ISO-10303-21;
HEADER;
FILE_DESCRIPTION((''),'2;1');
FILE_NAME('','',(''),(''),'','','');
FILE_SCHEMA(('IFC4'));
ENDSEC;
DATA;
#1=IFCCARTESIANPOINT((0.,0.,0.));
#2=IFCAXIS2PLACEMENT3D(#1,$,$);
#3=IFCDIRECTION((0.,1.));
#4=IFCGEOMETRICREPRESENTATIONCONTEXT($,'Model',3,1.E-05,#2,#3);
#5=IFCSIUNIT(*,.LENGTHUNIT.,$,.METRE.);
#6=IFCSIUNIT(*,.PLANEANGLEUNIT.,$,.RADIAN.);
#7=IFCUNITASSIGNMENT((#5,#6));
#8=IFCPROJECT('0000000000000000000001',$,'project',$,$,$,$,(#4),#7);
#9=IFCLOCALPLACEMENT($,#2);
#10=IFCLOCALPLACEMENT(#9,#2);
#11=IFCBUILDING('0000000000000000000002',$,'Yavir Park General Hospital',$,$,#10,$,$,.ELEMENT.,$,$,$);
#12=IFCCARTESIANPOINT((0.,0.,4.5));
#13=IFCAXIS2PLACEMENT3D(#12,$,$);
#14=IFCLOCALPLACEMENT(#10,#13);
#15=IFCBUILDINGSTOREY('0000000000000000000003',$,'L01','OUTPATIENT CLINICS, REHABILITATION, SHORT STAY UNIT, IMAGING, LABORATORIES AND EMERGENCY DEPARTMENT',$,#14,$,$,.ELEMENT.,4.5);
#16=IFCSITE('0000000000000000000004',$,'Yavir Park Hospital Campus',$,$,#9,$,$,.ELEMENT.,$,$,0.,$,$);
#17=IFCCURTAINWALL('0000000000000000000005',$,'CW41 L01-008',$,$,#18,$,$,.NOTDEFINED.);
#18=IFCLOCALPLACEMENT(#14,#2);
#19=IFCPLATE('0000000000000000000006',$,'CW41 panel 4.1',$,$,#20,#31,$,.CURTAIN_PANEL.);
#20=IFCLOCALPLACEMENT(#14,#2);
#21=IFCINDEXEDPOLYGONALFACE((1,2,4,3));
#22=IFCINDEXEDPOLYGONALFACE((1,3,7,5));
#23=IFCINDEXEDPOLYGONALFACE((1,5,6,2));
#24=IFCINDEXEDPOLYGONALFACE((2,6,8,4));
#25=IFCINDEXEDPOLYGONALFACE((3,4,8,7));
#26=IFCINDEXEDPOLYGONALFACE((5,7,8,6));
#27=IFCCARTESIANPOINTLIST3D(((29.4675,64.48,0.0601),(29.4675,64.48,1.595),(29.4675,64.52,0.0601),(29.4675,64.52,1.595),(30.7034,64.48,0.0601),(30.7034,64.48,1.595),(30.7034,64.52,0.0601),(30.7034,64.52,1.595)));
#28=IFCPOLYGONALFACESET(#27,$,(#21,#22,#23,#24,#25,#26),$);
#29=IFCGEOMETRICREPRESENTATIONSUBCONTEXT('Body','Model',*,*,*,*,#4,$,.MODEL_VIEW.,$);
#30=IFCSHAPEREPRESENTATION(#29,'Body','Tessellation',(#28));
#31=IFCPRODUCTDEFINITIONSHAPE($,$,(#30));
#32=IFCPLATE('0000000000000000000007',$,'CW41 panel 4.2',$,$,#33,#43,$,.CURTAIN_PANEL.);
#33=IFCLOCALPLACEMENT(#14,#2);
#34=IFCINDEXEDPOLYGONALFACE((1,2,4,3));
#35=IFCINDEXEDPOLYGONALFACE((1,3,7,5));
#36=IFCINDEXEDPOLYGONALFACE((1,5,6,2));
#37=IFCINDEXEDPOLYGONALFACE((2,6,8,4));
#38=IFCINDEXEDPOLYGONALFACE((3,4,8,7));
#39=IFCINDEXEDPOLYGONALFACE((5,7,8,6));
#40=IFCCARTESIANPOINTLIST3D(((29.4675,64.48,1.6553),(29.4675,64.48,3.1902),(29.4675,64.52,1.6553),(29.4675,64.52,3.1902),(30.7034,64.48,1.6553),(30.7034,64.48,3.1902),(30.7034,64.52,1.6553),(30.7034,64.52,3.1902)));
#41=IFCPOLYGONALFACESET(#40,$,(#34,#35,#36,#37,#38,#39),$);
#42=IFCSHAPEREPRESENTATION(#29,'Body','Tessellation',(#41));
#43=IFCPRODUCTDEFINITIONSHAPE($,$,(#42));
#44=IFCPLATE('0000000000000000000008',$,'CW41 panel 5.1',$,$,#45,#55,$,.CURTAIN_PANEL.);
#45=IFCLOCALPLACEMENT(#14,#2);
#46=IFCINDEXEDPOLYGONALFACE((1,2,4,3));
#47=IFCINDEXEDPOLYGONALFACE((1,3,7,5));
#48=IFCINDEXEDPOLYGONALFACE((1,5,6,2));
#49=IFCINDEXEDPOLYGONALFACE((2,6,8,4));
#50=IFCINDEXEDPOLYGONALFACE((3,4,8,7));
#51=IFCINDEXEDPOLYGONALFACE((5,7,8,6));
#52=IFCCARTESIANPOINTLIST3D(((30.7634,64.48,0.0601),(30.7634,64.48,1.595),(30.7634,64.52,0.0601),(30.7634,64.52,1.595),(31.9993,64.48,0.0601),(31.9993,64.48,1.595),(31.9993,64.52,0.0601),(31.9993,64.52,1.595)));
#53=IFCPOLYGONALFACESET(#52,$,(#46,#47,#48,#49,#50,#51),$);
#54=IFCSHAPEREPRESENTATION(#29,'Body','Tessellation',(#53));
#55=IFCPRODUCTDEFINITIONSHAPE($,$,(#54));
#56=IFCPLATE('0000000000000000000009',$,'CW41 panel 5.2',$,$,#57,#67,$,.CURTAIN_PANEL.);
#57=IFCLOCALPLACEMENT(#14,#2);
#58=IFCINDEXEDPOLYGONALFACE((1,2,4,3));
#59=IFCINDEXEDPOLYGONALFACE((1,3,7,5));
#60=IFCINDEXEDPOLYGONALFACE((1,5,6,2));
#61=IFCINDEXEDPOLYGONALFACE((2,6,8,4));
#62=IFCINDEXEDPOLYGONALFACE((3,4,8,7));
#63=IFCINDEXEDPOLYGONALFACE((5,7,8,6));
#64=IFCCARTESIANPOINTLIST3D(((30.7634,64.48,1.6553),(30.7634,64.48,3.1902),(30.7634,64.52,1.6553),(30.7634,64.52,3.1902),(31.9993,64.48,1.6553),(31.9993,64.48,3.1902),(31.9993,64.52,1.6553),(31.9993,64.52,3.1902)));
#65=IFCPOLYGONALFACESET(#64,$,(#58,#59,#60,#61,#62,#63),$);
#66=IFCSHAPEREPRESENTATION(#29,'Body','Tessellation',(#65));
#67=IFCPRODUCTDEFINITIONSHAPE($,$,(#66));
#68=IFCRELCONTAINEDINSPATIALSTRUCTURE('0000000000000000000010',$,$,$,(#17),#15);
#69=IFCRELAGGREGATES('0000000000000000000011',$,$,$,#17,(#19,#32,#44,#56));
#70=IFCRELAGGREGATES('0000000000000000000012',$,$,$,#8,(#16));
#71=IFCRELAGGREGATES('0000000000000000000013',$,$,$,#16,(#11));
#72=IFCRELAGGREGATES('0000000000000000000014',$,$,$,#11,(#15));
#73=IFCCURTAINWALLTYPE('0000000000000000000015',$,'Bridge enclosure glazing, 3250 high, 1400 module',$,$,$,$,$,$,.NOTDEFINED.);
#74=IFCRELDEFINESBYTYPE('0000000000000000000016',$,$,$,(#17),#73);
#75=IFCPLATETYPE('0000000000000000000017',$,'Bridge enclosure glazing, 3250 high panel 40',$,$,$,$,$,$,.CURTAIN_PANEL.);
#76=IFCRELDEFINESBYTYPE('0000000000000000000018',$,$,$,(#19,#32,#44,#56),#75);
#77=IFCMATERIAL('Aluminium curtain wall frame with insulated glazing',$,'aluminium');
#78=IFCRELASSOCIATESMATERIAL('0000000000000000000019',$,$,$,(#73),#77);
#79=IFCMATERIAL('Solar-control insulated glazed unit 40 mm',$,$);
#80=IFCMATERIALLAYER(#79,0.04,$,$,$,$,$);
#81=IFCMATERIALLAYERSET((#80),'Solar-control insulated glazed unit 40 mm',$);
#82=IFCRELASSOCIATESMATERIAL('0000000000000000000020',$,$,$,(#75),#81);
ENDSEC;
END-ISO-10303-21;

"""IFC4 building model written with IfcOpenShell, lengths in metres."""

from ifc_helpers import new_model, si_unit, direction, frame, origin, origin_2d, place, context, subcontext, project, spatial, rectangle, extrude, material, layer, layer_set, type_object, element, aggregate, save


model = new_model("IFC4")

# Units and contexts
model_context = context("Model", 3, precision=1e-05, world=origin(), true_north=direction((0.0, 1.0)))
body_context = subcontext(model_context, "Body", "Model", "MODEL_VIEW")
ifc_project = project(units=[si_unit("LENGTHUNIT", "METRE"), si_unit("PLANEANGLEUNIT", "RADIAN")], contexts=[model_context])

# Site, building, storey
site_placement = place(None, origin())
site = spatial("IfcSite", under=ifc_project, at=site_placement, Name="Yavir Park Hospital Campus", CompositionType="ELEMENT", RefElevation=0.0)
building_placement = place(site_placement, origin())
building = spatial("IfcBuilding", under=site, at=building_placement, Name="Yavir Park General Hospital", CompositionType="ELEMENT")
storey_placement = place(building_placement, frame((0.0, 0.0, 4.5)))
storey = spatial("IfcBuildingStorey", under=building, at=storey_placement, Name="L01", Description="OUTPATIENT CLINICS, REHABILITATION, SHORT STAY UNIT, IMAGING, LABORATORIES AND EMERGENCY DEPARTMENT", CompositionType="ELEMENT", Elevation=4.5)

# Curtain wall
ifc_material_1 = material(Name="Aluminium curtain wall frame with insulated glazing", Category="aluminium")
curtain_wall_type = type_object("IfcCurtainWallType", Name="Bridge enclosure glazing, 3250 high, 1400 module", PredefinedType="NOTDEFINED", material=ifc_material_1)
curtain_wall_1_placement = place(storey_placement, origin())
curtain_wall_1 = element("IfcCurtainWall", 1, at=curtain_wall_1_placement, inside=storey, type_object=curtain_wall_type, Name="CW41 L01-008", PredefinedType="NOTDEFINED")

# Plates
ifc_material_2 = material(Name="Solar-control insulated glazed unit 40 mm")
ifc_layer = layer(ifc_material_2, 0.04)
ifc_layer_set = layer_set([ifc_layer], Name="Solar-control insulated glazed unit 40 mm")
plate_type = type_object("IfcPlateType", Name="Bridge enclosure glazing, 3250 high panel 40", PredefinedType="CURTAIN_PANEL", material=ifc_layer_set)
plate_1_placement = place(storey_placement, frame((30.0854, 64.5, 0.0601), z_axis=(0.0, 0.0, 1.0), x_axis=(1.0, 0.0, 0.0)))
plate_1 = element("IfcPlate", 2, at=plate_1_placement, type_object=plate_type, Name="CW41 panel 4.1", PredefinedType="CURTAIN_PANEL", context=body_context, shape_type="SweptSolid", body=[
    extrude(rectangle(XDim=1.2358, YDim=0.04, at=origin_2d()), origin(), (0.0, 0.0, 1.0), 1.5349),
])
plate_2_placement = place(storey_placement, frame((30.0854, 64.5, 1.6553), z_axis=(0.0, 0.0, 1.0), x_axis=(1.0, 0.0, 0.0)))
plate_2 = element("IfcPlate", 3, at=plate_2_placement, type_object=plate_type, Name="CW41 panel 4.2", PredefinedType="CURTAIN_PANEL", context=body_context, shape_type="SweptSolid", body=[
    extrude(rectangle(XDim=1.2358, YDim=0.04, at=origin_2d()), origin(), (0.0, 0.0, 1.0), 1.5349),
])
plate_3_placement = place(storey_placement, frame((31.3813, 64.5, 0.0601), z_axis=(0.0, 0.0, 1.0), x_axis=(1.0, 0.0, 0.0)))
plate_3 = element("IfcPlate", 4, at=plate_3_placement, type_object=plate_type, Name="CW41 panel 5.1", PredefinedType="CURTAIN_PANEL", context=body_context, shape_type="SweptSolid", body=[
    extrude(rectangle(XDim=1.2358, YDim=0.04, at=origin_2d()), origin(), (0.0, 0.0, 1.0), 1.5349),
])
plate_4_placement = place(storey_placement, frame((31.3813, 64.5, 1.6553), z_axis=(0.0, 0.0, 1.0), x_axis=(1.0, 0.0, 0.0)))
plate_4 = element("IfcPlate", 5, at=plate_4_placement, type_object=plate_type, Name="CW41 panel 5.2", PredefinedType="CURTAIN_PANEL", context=body_context, shape_type="SweptSolid", body=[
    extrude(rectangle(XDim=1.2358, YDim=0.04, at=origin_2d()), origin(), (0.0, 0.0, 1.0), 1.5349),
])
aggregate(curtain_wall_1, [plate_1, plate_2, plate_3, plate_4])

save(model, "model.ifc")
